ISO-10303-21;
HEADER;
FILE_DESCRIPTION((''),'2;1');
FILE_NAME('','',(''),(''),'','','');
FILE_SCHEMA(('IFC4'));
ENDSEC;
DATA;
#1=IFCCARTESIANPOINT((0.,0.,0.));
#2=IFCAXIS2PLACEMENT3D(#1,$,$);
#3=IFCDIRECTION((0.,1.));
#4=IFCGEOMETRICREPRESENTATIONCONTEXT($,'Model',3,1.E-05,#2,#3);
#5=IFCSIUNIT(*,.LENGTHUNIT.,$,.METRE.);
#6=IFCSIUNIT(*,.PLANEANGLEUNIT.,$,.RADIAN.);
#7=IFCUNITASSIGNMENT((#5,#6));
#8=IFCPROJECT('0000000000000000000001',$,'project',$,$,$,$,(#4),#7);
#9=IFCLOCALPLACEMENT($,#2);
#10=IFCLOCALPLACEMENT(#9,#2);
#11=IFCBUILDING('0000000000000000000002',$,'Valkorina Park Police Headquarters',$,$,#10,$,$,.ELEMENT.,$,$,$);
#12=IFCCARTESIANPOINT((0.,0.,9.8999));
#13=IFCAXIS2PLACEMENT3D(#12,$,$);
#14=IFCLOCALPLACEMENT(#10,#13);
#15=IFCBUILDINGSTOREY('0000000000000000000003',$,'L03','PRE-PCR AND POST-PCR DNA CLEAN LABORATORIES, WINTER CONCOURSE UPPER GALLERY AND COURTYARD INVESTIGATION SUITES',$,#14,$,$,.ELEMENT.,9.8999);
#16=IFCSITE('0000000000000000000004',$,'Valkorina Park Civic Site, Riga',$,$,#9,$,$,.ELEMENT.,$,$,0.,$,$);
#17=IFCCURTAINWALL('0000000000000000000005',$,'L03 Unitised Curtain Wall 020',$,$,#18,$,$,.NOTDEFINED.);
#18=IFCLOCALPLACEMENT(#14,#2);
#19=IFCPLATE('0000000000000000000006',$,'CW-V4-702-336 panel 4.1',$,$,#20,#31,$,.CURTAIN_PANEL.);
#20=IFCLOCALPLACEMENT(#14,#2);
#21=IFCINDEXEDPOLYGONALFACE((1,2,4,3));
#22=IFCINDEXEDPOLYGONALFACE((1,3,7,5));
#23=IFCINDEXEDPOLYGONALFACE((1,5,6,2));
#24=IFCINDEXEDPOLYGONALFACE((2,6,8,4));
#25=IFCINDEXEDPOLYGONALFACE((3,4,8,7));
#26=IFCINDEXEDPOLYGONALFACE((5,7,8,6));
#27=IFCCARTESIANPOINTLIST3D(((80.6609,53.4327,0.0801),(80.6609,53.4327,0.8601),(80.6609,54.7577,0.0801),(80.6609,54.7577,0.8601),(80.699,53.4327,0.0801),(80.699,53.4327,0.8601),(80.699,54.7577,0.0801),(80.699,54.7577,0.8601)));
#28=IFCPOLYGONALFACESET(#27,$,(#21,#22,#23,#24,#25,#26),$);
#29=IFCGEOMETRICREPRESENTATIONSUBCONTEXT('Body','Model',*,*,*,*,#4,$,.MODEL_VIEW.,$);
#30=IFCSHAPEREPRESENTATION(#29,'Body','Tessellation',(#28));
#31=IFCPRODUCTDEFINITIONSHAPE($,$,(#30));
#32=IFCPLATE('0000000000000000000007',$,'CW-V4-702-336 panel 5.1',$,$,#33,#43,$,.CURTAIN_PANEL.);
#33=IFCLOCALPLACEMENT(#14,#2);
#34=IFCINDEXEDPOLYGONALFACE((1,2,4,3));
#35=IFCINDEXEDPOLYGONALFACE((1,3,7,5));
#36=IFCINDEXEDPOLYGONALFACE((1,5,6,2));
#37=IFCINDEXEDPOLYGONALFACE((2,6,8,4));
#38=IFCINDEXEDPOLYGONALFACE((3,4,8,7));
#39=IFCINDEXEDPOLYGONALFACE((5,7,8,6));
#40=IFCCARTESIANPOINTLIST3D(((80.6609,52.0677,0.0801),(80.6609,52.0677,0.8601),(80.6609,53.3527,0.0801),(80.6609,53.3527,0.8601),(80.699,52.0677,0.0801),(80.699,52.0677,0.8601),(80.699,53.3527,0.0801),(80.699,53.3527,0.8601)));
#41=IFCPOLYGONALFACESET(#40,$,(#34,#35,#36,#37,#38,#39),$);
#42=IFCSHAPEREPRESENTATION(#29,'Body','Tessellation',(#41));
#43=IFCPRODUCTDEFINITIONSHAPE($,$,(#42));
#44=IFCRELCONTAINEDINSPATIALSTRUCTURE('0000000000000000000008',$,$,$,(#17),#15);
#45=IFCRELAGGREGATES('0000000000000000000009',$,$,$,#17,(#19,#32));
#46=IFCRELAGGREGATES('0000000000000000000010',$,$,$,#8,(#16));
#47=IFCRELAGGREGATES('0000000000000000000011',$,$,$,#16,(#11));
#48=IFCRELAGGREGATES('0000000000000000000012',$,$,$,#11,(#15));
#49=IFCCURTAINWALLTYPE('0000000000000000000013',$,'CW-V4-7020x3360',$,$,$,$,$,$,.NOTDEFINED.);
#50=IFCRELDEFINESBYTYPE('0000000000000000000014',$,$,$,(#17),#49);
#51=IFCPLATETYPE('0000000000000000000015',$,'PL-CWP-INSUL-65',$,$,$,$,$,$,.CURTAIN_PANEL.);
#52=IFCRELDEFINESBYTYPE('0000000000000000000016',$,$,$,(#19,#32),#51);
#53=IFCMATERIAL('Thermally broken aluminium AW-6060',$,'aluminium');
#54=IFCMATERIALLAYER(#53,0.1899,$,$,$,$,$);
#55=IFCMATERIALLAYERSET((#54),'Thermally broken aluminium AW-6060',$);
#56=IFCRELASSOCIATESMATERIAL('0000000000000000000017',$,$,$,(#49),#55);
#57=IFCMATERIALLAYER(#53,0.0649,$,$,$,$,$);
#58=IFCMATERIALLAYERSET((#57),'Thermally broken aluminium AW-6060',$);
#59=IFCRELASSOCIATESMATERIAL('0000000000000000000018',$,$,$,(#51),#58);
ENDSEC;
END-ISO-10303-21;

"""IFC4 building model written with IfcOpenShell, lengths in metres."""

from ifc_helpers import new_model, si_unit, direction, frame, origin, origin_2d, place, context, subcontext, project, spatial, rectangle, extrude, material, layer, layer_set, type_object, element, aggregate, save


model = new_model("IFC4")

# Units and contexts
model_context = context("Model", 3, precision=1e-05, world=origin(), true_north=direction((0.0, 1.0)))
body_context = subcontext(model_context, "Body", "Model", "MODEL_VIEW")
ifc_project = project(units=[si_unit("LENGTHUNIT", "METRE"), si_unit("PLANEANGLEUNIT", "RADIAN")], contexts=[model_context])

# Site, building, storey
site_placement = place(None, origin())
site = spatial("IfcSite", under=ifc_project, at=site_placement, Name="Valkorina Park Civic Site, Riga", CompositionType="ELEMENT", RefElevation=0.0)
building_placement = place(site_placement, origin())
building = spatial("IfcBuilding", under=site, at=building_placement, Name="Valkorina Park Police Headquarters", CompositionType="ELEMENT")
storey_placement = place(building_placement, frame((0.0, 0.0, 9.8999)))
storey = spatial("IfcBuildingStorey", under=building, at=storey_placement, Name="L03", Description="PRE-PCR AND POST-PCR DNA CLEAN LABORATORIES, WINTER CONCOURSE UPPER GALLERY AND COURTYARD INVESTIGATION SUITES", CompositionType="ELEMENT", Elevation=9.8999)

# Curtain wall
ifc_material_1 = material(Name="Thermally broken aluminium AW-6060", Category="aluminium")
ifc_layer_1 = layer(ifc_material_1, 0.1899)
ifc_layer_set_1 = layer_set([ifc_layer_1], Name="Thermally broken aluminium AW-6060")
curtain_wall_type_1 = type_object("IfcCurtainWallType", Name="CW-V4-7020x3360", PredefinedType="NOTDEFINED", material=ifc_layer_set_1)
curtain_wall_1_placement = place(storey_placement, origin())
curtain_wall_1 = element("IfcCurtainWall", 1, at=curtain_wall_1_placement, inside=storey, type_object=curtain_wall_type_1, Name="L03 Unitised Curtain Wall 020", PredefinedType="NOTDEFINED")

# Plates
ifc_layer_2 = layer(ifc_material_1, 0.0649)
ifc_layer_set_2 = layer_set([ifc_layer_2], Name="Thermally broken aluminium AW-6060")
plate_type_1 = type_object("IfcPlateType", Name="PL-CWP-INSUL-65", PredefinedType="CURTAIN_PANEL", material=ifc_layer_set_2)
plate_1_placement = place(storey_placement, frame((80.6799, 54.0952, 0.0801), z_axis=(0.0, 0.0, 1.0), x_axis=(0.0, -1.0, 0.0)))
plate_1 = element("IfcPlate", 2, at=plate_1_placement, type_object=plate_type_1, Name="CW-V4-702-336 panel 4.1", PredefinedType="CURTAIN_PANEL", context=body_context, shape_type="SweptSolid", body=[
    extrude(rectangle(XDim=1.325, YDim=0.0381, at=origin_2d()), origin(), (0.0, 0.0, 1.0), 0.78),
])
plate_2_placement = place(storey_placement, frame((80.6799, 52.7102, 0.0801), z_axis=(0.0, 0.0, 1.0), x_axis=(0.0, -1.0, 0.0)))
plate_2 = element("IfcPlate", 3, at=plate_2_placement, type_object=plate_type_1, Name="CW-V4-702-336 panel 5.1", PredefinedType="CURTAIN_PANEL", context=body_context, shape_type="SweptSolid", body=[
    extrude(rectangle(XDim=1.2849, YDim=0.0381, at=origin_2d()), origin(), (0.0, 0.0, 1.0), 0.78),
])
aggregate(curtain_wall_1, [plate_1, plate_2])

save(model, "model.ifc")
